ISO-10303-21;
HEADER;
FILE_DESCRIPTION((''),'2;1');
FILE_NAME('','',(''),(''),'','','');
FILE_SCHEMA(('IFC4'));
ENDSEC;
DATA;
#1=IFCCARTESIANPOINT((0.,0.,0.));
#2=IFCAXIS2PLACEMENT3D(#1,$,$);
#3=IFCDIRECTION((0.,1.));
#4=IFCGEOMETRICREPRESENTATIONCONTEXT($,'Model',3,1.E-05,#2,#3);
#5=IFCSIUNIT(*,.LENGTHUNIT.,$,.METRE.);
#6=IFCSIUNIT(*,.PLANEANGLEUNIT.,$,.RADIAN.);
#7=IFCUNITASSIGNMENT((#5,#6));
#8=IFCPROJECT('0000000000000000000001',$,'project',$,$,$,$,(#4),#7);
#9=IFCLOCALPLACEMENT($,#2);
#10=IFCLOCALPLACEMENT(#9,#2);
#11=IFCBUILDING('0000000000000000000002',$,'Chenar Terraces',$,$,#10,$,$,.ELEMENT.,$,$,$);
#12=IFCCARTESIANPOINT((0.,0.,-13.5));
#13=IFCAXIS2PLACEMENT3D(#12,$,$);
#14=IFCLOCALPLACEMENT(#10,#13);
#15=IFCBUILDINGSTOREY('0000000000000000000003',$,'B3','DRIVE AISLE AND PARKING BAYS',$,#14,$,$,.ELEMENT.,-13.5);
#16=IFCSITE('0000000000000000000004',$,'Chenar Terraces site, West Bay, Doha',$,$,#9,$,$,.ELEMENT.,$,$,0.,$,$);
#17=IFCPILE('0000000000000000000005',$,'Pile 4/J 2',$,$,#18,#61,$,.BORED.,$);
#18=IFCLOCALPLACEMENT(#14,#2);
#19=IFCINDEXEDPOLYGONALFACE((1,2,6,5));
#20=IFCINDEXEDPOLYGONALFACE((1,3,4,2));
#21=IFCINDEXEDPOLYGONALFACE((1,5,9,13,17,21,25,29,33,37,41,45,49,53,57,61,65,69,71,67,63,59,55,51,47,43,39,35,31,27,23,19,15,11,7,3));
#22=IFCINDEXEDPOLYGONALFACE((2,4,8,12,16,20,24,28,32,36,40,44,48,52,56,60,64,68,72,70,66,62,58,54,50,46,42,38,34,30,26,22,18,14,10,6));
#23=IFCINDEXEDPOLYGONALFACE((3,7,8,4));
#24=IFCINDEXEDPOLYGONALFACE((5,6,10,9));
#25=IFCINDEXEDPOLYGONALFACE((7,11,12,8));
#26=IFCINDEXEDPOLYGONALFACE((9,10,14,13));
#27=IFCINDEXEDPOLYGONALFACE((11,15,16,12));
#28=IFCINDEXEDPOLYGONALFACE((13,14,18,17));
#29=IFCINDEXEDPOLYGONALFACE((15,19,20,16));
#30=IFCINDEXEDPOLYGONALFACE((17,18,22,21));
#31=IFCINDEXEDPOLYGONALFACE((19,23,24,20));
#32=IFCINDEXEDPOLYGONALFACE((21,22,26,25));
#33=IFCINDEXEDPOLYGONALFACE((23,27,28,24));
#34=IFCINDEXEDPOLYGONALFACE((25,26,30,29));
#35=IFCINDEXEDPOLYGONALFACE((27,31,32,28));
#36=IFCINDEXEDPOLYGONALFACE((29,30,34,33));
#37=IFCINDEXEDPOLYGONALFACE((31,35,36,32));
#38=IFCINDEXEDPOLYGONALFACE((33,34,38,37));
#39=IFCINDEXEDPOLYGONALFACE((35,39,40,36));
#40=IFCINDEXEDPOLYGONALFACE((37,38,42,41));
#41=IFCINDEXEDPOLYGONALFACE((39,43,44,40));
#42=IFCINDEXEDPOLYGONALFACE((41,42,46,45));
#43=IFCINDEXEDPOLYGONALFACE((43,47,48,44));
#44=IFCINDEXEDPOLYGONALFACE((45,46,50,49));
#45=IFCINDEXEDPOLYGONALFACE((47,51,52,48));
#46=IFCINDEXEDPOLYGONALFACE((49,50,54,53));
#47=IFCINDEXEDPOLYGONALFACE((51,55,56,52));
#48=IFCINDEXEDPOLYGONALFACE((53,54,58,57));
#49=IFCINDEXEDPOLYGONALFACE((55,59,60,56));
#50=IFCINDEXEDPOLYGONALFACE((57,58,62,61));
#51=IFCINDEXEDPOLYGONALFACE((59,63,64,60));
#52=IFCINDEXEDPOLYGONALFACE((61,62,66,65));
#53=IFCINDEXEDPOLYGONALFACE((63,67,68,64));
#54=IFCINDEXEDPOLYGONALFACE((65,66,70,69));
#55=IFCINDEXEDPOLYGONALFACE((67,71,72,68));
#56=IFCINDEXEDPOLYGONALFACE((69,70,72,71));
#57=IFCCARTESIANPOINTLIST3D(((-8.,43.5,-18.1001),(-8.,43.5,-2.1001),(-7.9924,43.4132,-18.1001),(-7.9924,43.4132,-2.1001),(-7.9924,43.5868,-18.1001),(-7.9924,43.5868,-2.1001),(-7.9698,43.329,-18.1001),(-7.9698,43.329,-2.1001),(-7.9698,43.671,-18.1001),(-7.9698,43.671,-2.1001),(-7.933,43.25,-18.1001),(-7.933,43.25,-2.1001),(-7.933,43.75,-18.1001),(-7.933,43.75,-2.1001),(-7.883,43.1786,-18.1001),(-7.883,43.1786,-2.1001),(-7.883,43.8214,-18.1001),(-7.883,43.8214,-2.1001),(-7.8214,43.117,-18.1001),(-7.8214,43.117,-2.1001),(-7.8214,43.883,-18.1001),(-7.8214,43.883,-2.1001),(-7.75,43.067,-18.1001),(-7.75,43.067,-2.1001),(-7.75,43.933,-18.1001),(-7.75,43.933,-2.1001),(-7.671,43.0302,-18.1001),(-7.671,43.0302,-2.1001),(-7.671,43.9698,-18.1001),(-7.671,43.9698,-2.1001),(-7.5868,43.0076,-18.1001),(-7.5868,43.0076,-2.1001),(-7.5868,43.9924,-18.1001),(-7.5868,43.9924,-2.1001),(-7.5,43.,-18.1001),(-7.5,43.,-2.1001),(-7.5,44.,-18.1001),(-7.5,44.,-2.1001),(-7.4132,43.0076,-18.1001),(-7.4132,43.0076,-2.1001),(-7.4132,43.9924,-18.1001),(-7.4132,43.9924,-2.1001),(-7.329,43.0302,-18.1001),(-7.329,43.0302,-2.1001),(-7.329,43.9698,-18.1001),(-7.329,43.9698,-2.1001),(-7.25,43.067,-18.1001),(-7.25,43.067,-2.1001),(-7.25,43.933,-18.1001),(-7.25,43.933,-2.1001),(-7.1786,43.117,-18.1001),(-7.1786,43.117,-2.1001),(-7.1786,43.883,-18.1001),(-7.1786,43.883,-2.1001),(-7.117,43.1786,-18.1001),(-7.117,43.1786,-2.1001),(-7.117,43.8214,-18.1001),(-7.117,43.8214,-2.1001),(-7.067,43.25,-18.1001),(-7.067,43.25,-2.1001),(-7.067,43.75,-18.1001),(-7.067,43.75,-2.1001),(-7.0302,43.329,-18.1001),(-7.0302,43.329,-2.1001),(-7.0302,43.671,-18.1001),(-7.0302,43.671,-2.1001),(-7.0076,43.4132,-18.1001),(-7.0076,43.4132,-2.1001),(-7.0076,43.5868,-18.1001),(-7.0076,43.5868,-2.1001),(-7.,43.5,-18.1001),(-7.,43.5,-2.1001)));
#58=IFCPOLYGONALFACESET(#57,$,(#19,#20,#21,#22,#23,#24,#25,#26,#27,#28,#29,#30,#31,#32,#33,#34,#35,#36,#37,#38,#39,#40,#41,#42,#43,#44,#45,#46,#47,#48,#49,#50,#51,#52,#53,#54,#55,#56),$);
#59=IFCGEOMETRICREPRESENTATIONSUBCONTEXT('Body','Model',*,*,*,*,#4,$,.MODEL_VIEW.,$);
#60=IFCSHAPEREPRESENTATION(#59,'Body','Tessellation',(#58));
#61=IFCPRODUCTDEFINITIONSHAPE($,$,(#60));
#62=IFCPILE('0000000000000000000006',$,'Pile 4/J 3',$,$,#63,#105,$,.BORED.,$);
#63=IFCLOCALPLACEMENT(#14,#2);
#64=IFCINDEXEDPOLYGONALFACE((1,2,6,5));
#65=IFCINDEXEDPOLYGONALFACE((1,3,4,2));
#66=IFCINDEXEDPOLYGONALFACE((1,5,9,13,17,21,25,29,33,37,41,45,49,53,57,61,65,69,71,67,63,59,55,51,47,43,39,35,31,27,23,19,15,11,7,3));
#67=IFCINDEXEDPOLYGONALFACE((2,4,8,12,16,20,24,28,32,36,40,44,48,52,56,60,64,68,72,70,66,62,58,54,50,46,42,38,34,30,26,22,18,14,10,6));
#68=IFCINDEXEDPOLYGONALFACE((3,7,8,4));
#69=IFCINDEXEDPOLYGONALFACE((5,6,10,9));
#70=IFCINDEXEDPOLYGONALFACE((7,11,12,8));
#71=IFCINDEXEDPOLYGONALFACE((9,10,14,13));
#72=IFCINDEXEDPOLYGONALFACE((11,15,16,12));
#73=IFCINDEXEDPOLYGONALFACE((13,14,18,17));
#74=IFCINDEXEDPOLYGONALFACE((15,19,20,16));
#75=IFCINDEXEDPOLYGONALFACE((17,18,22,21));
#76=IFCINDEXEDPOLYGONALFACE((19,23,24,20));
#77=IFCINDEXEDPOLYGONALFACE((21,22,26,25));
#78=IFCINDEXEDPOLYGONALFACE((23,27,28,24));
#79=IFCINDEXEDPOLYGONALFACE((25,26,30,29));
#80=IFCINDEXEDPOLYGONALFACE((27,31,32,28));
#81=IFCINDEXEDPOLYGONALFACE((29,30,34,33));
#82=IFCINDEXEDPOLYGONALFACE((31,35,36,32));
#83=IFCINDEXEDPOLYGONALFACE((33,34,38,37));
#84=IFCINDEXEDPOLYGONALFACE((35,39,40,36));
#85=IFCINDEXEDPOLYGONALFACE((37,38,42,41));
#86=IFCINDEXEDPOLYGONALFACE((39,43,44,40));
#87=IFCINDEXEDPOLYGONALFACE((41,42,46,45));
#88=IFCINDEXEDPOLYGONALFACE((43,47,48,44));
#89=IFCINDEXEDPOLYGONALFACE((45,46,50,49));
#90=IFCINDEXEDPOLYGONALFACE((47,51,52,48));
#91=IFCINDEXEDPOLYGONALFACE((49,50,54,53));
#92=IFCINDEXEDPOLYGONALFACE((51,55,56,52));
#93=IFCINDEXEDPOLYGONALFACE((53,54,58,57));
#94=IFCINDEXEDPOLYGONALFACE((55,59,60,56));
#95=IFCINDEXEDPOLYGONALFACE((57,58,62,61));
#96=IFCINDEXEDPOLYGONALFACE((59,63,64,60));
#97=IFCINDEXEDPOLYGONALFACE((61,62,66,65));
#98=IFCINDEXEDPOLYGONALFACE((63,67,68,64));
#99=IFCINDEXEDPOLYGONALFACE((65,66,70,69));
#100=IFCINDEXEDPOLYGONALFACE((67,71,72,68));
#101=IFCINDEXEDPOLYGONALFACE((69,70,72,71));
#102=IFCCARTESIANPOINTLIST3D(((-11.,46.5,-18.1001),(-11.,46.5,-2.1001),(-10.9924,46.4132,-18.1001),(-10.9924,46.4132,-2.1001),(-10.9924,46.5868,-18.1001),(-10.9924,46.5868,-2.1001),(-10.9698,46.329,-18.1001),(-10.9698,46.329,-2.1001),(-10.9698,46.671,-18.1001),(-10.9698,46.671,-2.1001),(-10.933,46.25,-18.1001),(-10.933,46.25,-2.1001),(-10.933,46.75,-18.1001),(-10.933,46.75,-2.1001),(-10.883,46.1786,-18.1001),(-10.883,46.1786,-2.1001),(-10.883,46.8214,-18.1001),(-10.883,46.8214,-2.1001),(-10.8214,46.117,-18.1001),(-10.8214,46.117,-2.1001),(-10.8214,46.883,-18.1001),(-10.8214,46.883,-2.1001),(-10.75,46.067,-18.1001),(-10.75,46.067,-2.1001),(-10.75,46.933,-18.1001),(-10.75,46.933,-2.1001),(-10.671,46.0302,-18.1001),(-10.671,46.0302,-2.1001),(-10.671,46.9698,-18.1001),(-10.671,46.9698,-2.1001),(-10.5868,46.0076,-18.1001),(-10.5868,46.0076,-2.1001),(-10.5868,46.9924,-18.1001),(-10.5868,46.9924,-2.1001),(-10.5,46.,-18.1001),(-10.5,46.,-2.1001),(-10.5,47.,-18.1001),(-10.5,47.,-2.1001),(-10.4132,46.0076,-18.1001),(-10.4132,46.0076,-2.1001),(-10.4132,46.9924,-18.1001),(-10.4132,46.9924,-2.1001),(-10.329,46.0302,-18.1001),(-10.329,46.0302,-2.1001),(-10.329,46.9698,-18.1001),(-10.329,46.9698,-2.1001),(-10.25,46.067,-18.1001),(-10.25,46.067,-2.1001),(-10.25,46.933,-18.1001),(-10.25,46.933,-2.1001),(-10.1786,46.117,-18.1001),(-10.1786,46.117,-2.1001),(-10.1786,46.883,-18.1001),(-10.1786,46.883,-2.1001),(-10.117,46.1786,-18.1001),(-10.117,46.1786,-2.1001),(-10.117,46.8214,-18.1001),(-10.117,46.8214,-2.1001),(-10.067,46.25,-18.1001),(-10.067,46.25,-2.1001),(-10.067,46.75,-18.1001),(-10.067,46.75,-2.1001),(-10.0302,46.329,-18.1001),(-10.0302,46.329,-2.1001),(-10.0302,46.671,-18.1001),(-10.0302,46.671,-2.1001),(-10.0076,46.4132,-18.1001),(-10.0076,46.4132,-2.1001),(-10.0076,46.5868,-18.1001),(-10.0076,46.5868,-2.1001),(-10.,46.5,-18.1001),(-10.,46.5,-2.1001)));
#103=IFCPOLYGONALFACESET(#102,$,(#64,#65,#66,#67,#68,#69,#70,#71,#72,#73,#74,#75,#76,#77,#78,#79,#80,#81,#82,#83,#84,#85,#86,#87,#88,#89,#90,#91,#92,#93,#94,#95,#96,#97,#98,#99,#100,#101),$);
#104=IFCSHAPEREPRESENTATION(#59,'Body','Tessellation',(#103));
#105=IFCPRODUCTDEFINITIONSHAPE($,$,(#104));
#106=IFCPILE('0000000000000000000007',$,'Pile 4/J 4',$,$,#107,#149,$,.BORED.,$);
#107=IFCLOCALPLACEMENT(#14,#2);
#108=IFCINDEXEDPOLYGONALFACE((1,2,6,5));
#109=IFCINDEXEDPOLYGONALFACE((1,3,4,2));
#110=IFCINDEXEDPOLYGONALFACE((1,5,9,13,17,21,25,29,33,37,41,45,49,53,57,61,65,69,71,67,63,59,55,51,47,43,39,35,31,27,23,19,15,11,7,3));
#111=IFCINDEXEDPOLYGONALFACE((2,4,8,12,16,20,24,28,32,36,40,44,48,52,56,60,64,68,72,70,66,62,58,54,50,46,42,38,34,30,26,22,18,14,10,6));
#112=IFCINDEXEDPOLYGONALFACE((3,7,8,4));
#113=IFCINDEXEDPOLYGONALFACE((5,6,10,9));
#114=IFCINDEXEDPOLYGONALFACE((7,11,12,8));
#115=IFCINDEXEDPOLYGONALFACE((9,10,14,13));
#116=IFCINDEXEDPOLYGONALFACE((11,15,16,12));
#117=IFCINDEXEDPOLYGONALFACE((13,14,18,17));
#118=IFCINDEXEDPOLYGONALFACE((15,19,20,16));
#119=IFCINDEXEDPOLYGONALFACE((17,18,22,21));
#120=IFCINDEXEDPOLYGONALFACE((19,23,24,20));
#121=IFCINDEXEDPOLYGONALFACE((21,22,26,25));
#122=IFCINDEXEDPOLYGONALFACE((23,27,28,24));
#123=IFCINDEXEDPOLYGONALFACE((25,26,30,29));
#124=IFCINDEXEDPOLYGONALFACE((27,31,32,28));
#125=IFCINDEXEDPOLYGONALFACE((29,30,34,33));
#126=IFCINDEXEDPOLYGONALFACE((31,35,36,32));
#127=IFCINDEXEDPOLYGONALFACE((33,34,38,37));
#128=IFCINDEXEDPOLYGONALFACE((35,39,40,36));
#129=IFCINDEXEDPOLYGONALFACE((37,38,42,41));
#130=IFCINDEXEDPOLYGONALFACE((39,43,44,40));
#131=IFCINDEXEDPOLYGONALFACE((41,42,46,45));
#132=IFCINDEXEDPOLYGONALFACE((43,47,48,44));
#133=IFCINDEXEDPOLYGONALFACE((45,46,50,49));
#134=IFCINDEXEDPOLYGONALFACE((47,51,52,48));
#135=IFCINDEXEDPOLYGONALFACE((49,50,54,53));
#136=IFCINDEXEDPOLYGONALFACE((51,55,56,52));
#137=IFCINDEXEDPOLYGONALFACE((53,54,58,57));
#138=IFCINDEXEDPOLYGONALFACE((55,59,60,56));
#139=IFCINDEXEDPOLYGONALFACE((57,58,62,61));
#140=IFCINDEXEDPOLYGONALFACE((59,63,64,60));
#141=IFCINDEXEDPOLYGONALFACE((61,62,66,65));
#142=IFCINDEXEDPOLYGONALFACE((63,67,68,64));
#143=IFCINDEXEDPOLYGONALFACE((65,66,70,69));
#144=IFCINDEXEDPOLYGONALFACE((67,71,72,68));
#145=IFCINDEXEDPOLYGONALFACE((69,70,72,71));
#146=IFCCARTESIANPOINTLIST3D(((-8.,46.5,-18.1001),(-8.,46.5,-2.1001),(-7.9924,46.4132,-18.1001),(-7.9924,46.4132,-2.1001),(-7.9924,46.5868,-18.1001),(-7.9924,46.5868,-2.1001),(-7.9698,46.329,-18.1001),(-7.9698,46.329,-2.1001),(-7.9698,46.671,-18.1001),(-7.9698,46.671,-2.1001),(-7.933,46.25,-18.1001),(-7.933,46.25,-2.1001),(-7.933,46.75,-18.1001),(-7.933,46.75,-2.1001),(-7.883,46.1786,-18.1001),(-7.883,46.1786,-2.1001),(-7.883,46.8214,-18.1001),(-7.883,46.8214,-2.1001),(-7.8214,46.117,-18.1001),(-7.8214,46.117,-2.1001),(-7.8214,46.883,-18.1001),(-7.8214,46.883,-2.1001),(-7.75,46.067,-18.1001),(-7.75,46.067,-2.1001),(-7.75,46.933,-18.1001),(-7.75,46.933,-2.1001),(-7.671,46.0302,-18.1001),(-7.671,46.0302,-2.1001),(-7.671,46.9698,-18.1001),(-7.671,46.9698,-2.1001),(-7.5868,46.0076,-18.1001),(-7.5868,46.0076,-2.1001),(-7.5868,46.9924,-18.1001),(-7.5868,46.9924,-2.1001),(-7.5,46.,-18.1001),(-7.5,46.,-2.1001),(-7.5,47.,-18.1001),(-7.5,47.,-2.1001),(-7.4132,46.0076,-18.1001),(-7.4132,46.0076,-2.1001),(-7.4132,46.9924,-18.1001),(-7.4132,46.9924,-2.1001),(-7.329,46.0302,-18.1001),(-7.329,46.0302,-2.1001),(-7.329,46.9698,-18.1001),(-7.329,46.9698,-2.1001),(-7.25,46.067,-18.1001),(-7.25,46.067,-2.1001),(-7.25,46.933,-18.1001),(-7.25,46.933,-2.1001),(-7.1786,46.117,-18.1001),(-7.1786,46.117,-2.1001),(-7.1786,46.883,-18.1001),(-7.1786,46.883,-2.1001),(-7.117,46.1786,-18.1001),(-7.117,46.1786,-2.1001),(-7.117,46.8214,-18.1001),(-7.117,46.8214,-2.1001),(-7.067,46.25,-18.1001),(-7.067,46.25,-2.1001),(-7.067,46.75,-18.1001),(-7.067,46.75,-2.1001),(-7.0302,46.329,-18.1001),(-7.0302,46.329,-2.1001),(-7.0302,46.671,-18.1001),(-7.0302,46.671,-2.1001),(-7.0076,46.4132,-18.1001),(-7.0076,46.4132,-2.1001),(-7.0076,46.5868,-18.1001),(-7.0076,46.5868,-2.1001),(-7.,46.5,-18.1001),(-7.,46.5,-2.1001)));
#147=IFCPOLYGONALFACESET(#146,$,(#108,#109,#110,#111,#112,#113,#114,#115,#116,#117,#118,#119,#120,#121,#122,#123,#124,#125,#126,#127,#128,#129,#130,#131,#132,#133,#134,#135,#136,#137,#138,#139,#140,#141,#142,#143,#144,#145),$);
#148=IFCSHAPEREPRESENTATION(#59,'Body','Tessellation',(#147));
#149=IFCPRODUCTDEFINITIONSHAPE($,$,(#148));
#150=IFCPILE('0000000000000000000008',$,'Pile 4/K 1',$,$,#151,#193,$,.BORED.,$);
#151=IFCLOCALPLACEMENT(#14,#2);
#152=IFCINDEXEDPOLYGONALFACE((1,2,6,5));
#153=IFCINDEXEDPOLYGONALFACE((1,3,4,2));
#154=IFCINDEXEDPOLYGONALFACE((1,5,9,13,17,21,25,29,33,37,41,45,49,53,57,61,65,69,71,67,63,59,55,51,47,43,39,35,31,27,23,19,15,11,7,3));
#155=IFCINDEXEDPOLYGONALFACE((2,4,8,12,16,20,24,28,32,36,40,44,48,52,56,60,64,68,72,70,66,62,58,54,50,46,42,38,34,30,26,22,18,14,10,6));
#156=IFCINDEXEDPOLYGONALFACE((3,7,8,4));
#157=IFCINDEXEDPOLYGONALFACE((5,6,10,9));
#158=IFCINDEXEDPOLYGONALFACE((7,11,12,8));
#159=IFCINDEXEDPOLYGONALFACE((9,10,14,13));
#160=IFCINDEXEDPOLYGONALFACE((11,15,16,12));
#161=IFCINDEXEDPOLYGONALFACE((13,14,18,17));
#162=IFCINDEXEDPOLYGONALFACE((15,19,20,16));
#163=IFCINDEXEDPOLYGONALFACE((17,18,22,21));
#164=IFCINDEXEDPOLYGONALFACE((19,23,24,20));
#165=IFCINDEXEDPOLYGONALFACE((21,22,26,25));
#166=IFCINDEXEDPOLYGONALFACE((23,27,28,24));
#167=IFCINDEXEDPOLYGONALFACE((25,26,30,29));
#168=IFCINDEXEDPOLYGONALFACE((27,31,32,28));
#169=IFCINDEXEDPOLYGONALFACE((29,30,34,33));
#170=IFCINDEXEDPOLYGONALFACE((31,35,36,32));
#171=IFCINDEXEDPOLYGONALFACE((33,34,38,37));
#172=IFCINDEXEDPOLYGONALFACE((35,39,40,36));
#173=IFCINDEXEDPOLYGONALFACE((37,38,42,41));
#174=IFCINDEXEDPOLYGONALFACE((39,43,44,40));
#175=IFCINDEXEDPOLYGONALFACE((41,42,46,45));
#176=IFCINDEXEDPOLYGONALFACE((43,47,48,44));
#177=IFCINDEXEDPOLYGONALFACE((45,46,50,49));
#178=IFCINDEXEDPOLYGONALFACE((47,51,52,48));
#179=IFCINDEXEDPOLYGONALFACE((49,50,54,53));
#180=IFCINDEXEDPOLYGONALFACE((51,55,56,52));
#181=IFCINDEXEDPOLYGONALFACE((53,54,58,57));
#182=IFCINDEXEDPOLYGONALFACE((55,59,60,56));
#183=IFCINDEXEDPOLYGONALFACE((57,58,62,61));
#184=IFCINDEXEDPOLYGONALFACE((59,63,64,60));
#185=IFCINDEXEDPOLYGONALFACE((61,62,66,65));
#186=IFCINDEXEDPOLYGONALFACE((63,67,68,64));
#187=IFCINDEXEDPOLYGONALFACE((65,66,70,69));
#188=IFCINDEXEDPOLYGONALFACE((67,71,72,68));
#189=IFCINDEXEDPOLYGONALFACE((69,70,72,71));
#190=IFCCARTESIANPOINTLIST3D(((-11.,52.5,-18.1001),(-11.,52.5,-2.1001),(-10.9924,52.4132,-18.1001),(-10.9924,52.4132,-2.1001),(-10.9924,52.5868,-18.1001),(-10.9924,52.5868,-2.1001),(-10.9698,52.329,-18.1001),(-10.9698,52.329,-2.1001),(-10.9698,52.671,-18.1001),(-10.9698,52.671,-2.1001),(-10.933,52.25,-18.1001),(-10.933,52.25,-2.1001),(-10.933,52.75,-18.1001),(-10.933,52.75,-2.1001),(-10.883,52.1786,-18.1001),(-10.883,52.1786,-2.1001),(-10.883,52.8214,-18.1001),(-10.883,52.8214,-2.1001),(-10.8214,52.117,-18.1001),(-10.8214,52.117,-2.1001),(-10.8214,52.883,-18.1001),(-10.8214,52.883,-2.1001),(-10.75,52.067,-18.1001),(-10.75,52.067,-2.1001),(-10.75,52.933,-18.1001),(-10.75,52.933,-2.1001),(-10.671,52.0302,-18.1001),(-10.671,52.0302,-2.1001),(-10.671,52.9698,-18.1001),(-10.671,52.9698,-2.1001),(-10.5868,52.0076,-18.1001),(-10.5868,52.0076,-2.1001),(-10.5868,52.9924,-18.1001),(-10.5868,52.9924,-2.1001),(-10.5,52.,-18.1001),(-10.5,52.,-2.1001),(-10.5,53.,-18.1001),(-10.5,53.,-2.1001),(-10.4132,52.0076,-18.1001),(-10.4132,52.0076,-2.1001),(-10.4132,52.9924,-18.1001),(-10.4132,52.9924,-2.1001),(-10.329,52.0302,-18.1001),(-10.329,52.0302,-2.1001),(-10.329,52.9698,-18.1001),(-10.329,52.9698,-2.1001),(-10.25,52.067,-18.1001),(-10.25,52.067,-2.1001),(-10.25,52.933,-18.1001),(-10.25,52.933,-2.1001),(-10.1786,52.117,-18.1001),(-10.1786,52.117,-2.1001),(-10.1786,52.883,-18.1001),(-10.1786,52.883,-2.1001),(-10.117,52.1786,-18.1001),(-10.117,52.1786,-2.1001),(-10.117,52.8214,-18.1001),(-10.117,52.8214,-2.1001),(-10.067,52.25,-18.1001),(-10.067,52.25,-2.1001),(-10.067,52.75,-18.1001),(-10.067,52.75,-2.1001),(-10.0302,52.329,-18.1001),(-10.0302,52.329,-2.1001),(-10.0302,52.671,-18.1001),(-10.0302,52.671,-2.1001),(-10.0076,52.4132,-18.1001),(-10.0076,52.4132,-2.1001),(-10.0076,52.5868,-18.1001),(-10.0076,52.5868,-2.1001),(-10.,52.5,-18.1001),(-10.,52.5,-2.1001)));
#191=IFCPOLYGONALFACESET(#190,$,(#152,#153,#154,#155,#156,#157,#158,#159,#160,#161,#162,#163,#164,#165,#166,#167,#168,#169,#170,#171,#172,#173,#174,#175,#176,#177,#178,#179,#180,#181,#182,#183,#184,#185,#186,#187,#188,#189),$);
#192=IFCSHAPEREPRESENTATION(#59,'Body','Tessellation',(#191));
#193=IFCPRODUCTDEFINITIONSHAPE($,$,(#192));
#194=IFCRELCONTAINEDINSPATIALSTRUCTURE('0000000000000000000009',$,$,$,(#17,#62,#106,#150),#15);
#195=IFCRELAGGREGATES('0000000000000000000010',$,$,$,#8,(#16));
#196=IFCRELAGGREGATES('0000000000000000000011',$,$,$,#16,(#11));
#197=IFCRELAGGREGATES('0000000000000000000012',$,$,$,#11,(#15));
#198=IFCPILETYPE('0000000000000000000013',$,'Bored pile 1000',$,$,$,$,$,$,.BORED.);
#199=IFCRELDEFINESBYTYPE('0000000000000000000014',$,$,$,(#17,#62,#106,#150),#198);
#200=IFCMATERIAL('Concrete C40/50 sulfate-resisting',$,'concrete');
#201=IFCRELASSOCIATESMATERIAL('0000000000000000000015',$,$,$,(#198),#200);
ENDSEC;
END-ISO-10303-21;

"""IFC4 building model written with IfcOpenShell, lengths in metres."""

from ifc_helpers import new_model, si_unit, direction, frame, origin, origin_2d, place, context, subcontext, project, spatial, circle, extrude, material, material_profile, profile_set, type_object, element, save


model = new_model("IFC4")

# Units and contexts
model_context = context("Model", 3, precision=1e-05, world=origin(), true_north=direction((0.0, 1.0)))
body_context = subcontext(model_context, "Body", "Model", "MODEL_VIEW")
ifc_project = project(units=[si_unit("LENGTHUNIT", "METRE"), si_unit("PLANEANGLEUNIT", "RADIAN")], contexts=[model_context])

# Site, building, storey
site_placement = place(None, origin())
site = spatial("IfcSite", under=ifc_project, at=site_placement, Name="Chenar Terraces site, West Bay, Doha", CompositionType="ELEMENT", RefElevation=0.0)
building_placement = place(site_placement, origin())
building = spatial("IfcBuilding", under=site, at=building_placement, Name="Chenar Terraces", CompositionType="ELEMENT")
storey_placement = place(building_placement, frame((0.0, 0.0, -13.5)))
storey = spatial("IfcBuildingStorey", under=building, at=storey_placement, Name="B3", Description="DRIVE AISLE AND PARKING BAYS", CompositionType="ELEMENT", Elevation=-13.5)

# Piles
ifc_material_1 = material(Name="Concrete C40/50 sulfate-resisting", Category="concrete")
ifc_material_profile_1 = material_profile(ifc_material_1, circle(Radius=0.5, at=origin_2d()), Name="BP 1000")
ifc_profile_set_1 = profile_set([ifc_material_profile_1], Name="Concrete C40/50 sulfate-resisting")
pile_type_1 = type_object("IfcPileType", Name="Bored pile 1000", PredefinedType="BORED", material=ifc_profile_set_1)
for number, where, z_axis, x_axis, name in (
    (1, (-7.5, 43.5, -2.1001), (0.0, 0.0, -1.0), (1.0, 0.0, 0.0), "Pile 4/J 2"),
    (2, (-10.5, 46.5, -2.1001), (0.0, 0.0, -1.0), (1.0, 0.0, 0.0), "Pile 4/J 3"),
    (3, (-7.5, 46.5, -2.1001), (0.0, 0.0, -1.0), (1.0, 0.0, 0.0), "Pile 4/J 4"),
    (4, (-10.5, 52.5, -2.1001), (0.0, 0.0, -1.0), (1.0, 0.0, 0.0), "Pile 4/K 1"),
):
    element("IfcPile", number, at=place(storey_placement, frame(where, z_axis=z_axis, x_axis=x_axis)), inside=storey, type_object=pile_type_1, Name=name, PredefinedType="BORED", context=body_context, shape_type="SweptSolid", body=[
        extrude(circle(Radius=0.5, at=origin_2d()), origin(), (0.0, 0.0, 1.0), 16.0),
    ])

save(model, "model.ifc")
